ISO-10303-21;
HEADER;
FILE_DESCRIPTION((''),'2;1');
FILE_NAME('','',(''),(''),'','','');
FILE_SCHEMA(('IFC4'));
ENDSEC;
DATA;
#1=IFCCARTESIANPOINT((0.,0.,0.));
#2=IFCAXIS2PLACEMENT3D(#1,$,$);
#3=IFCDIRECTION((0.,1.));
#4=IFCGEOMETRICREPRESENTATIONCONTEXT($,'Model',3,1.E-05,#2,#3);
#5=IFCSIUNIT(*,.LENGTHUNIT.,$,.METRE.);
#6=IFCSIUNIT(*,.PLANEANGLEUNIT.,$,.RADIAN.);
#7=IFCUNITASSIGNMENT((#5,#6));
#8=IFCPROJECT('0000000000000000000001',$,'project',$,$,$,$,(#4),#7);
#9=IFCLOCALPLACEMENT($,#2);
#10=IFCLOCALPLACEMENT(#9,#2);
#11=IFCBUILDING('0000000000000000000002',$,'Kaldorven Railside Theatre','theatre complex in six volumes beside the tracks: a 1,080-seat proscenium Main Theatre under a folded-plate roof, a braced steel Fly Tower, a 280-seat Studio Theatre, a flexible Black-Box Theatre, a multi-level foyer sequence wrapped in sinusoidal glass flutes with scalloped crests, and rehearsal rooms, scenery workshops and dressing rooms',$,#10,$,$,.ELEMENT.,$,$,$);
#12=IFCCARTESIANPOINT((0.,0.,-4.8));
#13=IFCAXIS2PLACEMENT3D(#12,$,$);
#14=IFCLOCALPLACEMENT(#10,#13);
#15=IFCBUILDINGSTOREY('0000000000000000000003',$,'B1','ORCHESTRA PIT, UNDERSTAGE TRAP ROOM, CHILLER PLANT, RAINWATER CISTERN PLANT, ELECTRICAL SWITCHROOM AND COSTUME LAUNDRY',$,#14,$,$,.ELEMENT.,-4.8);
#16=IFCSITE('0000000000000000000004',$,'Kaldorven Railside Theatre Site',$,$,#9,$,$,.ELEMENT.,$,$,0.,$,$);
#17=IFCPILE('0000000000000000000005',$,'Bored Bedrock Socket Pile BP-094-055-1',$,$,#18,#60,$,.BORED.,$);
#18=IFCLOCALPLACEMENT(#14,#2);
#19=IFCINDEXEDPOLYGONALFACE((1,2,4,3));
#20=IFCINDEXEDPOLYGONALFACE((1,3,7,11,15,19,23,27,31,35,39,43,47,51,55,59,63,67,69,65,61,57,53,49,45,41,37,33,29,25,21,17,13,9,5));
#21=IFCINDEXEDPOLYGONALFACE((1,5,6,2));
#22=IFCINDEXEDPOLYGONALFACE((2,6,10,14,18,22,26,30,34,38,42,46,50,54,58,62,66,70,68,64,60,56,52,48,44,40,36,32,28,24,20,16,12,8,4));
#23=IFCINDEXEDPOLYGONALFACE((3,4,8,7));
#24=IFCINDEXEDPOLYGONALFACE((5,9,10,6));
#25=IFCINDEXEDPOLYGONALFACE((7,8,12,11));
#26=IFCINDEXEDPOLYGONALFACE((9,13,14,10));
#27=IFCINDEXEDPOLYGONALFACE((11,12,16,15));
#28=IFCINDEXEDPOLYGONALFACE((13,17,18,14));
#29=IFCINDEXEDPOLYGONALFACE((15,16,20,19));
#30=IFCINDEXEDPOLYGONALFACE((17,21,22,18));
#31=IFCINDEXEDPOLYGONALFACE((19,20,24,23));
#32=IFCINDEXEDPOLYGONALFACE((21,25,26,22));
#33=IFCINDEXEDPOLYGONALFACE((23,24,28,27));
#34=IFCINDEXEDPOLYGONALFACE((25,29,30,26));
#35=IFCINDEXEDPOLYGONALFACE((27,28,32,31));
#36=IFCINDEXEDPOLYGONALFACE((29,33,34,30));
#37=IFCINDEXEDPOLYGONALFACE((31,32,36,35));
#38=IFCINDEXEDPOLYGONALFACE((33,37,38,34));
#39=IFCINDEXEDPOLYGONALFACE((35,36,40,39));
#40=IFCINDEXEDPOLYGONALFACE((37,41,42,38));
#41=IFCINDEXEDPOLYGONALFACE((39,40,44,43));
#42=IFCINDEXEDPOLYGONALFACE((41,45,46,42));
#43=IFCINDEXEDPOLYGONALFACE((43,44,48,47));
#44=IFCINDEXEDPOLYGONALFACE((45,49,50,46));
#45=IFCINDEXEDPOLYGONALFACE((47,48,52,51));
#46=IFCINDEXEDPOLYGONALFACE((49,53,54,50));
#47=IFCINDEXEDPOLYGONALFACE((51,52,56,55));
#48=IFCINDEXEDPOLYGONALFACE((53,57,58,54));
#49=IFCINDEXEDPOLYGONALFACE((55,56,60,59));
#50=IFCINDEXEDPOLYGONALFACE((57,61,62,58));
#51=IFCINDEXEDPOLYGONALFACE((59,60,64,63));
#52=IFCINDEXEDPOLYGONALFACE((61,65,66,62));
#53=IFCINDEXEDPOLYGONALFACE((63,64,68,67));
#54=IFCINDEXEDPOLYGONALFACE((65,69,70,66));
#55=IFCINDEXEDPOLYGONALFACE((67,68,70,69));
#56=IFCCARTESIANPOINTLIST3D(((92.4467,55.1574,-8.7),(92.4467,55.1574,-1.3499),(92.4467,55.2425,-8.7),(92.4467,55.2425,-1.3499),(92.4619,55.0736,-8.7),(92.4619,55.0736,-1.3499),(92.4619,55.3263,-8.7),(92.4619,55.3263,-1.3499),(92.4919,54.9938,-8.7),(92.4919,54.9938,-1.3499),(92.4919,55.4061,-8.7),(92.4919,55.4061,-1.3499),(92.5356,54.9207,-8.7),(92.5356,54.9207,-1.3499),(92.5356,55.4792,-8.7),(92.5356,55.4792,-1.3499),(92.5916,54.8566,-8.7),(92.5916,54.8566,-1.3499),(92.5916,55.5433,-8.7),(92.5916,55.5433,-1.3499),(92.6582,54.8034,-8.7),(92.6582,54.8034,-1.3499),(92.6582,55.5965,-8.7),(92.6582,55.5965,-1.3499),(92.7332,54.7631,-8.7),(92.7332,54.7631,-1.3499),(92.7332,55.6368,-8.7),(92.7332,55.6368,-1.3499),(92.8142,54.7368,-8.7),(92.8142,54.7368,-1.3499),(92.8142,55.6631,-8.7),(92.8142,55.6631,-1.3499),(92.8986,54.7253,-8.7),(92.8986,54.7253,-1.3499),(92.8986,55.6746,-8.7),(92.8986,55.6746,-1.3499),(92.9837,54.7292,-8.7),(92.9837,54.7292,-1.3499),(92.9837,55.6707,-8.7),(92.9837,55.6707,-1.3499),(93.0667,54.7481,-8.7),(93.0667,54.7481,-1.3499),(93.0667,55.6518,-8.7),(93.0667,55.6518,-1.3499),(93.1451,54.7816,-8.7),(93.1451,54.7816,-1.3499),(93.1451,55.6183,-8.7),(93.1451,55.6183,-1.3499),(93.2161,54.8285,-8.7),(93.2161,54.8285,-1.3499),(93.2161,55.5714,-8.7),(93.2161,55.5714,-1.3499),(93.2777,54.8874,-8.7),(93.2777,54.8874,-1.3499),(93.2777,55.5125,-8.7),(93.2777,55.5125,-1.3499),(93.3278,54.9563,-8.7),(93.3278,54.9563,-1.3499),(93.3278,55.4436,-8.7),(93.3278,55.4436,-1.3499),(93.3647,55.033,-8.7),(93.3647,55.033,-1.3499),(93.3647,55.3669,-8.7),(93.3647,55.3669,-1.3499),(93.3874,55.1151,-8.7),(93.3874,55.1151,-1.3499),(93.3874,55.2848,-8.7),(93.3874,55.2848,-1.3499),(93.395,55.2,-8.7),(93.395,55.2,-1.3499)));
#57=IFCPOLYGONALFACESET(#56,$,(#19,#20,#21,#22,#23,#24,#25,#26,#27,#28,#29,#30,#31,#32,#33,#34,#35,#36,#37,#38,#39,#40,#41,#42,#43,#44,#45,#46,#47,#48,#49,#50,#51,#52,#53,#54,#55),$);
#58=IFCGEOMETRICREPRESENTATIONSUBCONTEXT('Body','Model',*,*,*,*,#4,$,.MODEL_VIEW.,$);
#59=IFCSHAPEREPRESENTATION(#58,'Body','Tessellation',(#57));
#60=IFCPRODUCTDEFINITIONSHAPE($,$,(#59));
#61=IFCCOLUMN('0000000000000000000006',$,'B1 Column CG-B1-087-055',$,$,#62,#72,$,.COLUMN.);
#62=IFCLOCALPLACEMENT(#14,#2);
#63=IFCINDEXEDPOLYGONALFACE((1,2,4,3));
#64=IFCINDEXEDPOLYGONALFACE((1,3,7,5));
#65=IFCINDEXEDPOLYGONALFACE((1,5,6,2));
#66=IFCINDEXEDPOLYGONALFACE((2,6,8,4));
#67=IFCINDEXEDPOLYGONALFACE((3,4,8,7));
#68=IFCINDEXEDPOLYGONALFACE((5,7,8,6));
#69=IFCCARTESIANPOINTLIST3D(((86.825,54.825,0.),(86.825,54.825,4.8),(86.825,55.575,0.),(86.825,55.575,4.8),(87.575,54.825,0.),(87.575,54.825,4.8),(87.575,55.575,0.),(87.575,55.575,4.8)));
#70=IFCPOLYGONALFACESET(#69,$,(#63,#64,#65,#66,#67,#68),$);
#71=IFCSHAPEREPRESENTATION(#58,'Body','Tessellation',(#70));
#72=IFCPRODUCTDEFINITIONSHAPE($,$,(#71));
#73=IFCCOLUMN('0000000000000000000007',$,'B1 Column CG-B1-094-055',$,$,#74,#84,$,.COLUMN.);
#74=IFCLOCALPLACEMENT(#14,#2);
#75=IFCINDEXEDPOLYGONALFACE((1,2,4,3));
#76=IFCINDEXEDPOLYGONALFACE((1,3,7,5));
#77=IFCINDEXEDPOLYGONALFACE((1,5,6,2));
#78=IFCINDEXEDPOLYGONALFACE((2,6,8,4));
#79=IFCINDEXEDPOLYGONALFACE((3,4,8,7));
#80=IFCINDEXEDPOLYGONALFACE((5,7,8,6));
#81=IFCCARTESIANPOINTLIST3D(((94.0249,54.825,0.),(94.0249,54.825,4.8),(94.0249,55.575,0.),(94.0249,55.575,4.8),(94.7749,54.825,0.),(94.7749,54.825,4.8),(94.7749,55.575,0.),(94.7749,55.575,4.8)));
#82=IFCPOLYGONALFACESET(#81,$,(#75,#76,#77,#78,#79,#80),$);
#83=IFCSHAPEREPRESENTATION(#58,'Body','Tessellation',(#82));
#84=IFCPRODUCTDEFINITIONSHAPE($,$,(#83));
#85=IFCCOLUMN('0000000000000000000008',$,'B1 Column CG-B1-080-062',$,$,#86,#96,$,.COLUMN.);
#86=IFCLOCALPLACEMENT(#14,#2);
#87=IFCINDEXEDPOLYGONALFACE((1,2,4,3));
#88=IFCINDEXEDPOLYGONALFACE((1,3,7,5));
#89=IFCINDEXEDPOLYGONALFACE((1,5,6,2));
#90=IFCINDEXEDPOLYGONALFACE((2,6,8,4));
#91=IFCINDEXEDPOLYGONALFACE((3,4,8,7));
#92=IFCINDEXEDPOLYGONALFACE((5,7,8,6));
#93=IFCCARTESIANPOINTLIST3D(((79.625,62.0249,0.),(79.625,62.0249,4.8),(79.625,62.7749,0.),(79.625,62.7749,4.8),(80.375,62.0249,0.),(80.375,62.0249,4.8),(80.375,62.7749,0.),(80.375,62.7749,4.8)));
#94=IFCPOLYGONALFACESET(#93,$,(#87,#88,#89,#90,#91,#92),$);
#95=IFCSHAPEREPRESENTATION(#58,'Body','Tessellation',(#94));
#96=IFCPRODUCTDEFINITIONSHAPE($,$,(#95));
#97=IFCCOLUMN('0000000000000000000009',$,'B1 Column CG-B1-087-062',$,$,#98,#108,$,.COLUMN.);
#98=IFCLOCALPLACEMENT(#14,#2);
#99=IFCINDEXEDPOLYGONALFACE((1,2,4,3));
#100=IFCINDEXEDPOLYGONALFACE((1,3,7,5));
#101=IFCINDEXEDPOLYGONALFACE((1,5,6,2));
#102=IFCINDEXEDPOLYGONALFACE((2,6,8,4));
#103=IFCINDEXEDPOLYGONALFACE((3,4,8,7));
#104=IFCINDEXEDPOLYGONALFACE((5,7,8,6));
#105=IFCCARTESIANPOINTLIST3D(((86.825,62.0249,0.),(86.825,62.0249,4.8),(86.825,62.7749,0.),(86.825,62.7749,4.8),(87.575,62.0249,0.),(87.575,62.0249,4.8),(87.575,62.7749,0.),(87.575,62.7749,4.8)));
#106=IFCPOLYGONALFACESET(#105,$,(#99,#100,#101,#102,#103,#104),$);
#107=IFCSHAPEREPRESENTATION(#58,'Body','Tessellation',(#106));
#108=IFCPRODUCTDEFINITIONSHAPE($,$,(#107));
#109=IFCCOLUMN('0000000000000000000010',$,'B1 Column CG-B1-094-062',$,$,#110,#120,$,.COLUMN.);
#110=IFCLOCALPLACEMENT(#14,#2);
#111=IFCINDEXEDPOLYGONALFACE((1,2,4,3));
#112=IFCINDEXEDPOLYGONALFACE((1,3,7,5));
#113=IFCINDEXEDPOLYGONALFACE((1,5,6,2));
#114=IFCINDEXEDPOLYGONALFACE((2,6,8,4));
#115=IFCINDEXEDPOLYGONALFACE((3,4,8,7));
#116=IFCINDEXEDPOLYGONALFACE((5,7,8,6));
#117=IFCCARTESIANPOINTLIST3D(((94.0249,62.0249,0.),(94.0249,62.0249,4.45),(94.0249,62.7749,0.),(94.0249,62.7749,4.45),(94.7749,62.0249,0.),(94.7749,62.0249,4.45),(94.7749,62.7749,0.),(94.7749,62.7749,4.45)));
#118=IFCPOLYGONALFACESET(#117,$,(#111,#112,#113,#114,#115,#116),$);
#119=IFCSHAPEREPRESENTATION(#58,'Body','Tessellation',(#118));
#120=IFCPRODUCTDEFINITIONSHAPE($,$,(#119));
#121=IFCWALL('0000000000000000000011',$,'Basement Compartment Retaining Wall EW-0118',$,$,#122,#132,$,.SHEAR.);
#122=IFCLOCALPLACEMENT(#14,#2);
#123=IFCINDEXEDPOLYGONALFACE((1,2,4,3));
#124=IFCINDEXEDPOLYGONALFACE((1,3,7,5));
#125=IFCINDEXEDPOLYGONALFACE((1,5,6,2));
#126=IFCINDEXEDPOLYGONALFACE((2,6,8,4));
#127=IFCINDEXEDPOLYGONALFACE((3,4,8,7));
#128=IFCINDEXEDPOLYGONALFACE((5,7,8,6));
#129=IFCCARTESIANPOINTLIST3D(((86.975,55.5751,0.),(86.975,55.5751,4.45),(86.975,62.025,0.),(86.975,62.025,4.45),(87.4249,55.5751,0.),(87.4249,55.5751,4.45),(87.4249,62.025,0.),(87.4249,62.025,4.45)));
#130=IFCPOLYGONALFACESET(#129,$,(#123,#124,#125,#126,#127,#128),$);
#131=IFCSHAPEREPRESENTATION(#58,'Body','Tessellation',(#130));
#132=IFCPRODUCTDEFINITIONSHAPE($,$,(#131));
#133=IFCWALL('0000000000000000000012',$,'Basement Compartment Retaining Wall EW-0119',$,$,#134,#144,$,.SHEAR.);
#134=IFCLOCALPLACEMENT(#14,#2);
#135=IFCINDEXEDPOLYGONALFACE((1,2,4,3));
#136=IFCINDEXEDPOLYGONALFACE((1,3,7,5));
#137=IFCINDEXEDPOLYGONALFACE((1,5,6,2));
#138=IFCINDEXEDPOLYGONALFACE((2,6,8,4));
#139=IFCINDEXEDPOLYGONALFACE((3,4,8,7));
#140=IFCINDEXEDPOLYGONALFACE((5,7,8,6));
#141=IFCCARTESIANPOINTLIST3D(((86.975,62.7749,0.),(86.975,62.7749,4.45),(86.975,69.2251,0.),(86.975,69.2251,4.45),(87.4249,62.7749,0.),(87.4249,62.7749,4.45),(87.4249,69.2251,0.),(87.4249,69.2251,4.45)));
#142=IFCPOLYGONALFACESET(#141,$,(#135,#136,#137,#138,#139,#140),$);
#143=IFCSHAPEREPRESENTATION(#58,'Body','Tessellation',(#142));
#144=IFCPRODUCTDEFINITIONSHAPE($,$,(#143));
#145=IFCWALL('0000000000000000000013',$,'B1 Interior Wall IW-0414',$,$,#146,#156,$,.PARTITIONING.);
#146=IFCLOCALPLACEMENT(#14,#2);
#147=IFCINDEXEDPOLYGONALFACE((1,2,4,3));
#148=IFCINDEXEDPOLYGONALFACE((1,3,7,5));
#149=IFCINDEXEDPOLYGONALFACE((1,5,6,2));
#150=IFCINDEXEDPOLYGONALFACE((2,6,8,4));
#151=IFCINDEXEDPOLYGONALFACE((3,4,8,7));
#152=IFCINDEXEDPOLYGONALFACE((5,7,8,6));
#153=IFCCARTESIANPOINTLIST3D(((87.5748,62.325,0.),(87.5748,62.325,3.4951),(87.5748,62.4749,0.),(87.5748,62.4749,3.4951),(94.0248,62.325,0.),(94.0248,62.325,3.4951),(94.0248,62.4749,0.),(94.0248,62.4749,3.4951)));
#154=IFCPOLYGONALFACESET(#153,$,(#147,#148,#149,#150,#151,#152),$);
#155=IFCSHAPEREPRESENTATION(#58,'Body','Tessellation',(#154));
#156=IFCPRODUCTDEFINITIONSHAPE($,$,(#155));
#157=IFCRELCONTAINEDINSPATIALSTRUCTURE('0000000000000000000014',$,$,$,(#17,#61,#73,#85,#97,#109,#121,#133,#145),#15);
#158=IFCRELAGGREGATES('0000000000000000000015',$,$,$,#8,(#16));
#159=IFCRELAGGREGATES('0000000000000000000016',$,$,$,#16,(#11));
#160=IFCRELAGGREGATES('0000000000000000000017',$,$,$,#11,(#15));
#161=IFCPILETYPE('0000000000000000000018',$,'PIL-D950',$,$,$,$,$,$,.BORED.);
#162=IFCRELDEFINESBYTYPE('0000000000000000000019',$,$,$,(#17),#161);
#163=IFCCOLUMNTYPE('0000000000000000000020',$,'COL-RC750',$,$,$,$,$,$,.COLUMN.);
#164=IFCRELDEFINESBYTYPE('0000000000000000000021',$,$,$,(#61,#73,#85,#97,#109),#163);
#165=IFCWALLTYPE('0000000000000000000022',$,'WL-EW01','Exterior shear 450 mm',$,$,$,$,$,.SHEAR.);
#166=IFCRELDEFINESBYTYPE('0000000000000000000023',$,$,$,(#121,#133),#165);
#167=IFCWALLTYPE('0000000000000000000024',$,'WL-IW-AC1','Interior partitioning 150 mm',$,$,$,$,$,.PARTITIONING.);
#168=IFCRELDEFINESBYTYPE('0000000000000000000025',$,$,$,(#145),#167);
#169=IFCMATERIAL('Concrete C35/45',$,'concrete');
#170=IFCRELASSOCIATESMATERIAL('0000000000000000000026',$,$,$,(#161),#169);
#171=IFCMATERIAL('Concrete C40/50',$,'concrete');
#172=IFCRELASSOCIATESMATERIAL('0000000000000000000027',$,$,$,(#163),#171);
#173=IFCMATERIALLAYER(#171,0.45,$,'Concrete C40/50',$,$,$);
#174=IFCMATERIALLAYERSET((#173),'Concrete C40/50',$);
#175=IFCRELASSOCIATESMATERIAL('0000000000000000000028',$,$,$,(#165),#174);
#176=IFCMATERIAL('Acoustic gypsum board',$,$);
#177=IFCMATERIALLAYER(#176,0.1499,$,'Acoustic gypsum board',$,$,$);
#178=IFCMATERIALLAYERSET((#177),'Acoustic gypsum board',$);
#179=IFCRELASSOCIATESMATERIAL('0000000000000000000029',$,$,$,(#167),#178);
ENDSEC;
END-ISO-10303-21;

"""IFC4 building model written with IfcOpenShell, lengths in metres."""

from ifc_helpers import new_model, si_unit, direction, frame, frame_2d, origin, origin_2d, place, context, subcontext, project, spatial, rectangle, circle, extrude, material, layer, layer_set, material_profile, profile_set, type_object, element, save


model = new_model("IFC4")

# Units and contexts
model_context = context("Model", 3, precision=1e-05, world=origin(), true_north=direction((0.0, 1.0)))
body_context = subcontext(model_context, "Body", "Model", "MODEL_VIEW")
ifc_project = project(units=[si_unit("LENGTHUNIT", "METRE"), si_unit("PLANEANGLEUNIT", "RADIAN")], contexts=[model_context])

# Site, building, storey
site_placement = place(None, origin())
site = spatial("IfcSite", under=ifc_project, at=site_placement, Name="Kaldorven Railside Theatre Site", CompositionType="ELEMENT", RefElevation=0.0)
building_placement = place(site_placement, origin())
building = spatial("IfcBuilding", under=site, at=building_placement, Name="Kaldorven Railside Theatre", Description="theatre complex in six volumes beside the tracks: a 1,080-seat proscenium Main Theatre under a folded-plate roof, a braced steel Fly Tower, a 280-seat Studio Theatre, a flexible Black-Box Theatre, a multi-level foyer sequence wrapped in sinusoidal glass flutes with scalloped crests, and rehearsal rooms, scenery workshops and dressing rooms", CompositionType="ELEMENT")
storey_placement = place(building_placement, frame((0.0, 0.0, -4.8)))
storey = spatial("IfcBuildingStorey", under=building, at=storey_placement, Name="B1", Description="ORCHESTRA PIT, UNDERSTAGE TRAP ROOM, CHILLER PLANT, RAINWATER CISTERN PLANT, ELECTRICAL SWITCHROOM AND COSTUME LAUNDRY", CompositionType="ELEMENT", Elevation=-4.8)

# Shared definitions
ifc_material_1 = material(Name="Concrete C40/50", Category="concrete")

# Pile
ifc_material_2 = material(Name="Concrete C35/45", Category="concrete")
ifc_material_profile_1 = material_profile(ifc_material_2, circle(Radius=0.4751, at=origin_2d()), Name="BP D950")
ifc_profile_set_1 = profile_set([ifc_material_profile_1], Name="Concrete C35/45")
pile_type_1 = type_object("IfcPileType", Name="PIL-D950", PredefinedType="BORED", material=ifc_profile_set_1)
pile_1_placement = place(storey_placement, frame((92.9199, 55.2, -1.3499), z_axis=(0.0, 0.0, -1.0), x_axis=(1.0, 0.0, 0.0)))
element("IfcPile", 1, at=pile_1_placement, inside=storey, type_object=pile_type_1, Name="Bored Bedrock Socket Pile BP-094-055-1", PredefinedType="BORED", context=body_context, shape_type="SweptSolid", body=[
    extrude(circle(Radius=0.4751, at=origin_2d()), origin(), (0.0, 0.0, 1.0), 7.3501),
])

# Columns
ifc_material_profile_2 = material_profile(ifc_material_1, rectangle(XDim=0.75, YDim=0.75, at=origin_2d()), Name="RC 750x750")
ifc_profile_set_2 = profile_set([ifc_material_profile_2], Name="Concrete C40/50")
column_type = type_object("IfcColumnType", Name="COL-RC750", PredefinedType="COLUMN", material=ifc_profile_set_2)
for number, where, z_axis, x_axis, name in (
    (2, (87.2, 55.2, 0.0), (0.0, 0.0, 1.0), (1.0, 0.0, 0.0), "B1 Column CG-B1-087-055"),
    (3, (94.3999, 55.2, 0.0), (0.0, 0.0, 1.0), (0.0, 1.0, 0.0), "B1 Column CG-B1-094-055"),
    (4, (80.0, 62.3999, 0.0), (0.0, 0.0, 1.0), (1.0, 0.0, 0.0), "B1 Column CG-B1-080-062"),
    (5, (87.2, 62.3999, 0.0), (0.0, 0.0, 1.0), (0.0, 1.0, 0.0), "B1 Column CG-B1-087-062"),
):
    element("IfcColumn", number, at=place(storey_placement, frame(where, z_axis=z_axis, x_axis=x_axis)), inside=storey, type_object=column_type, Name=name, PredefinedType="COLUMN", context=body_context, shape_type="SweptSolid", body=[
        extrude(rectangle(XDim=0.75, YDim=0.75, at=origin_2d()), origin(), (0.0, 0.0, 1.0), 4.8),
    ])
column_placement = place(storey_placement, frame((94.3999, 62.3999, 0.0), z_axis=(0.0, 0.0, 1.0), x_axis=(1.0, 0.0, 0.0)))
element("IfcColumn", 6, at=column_placement, inside=storey, type_object=column_type, Name="B1 Column CG-B1-094-062", PredefinedType="COLUMN", context=body_context, shape_type="SweptSolid", body=[
    extrude(rectangle(XDim=0.75, YDim=0.75, at=origin_2d()), origin(), (0.0, 0.0, 1.0), 4.45),
])

# Walls
ifc_layer_1 = layer(ifc_material_1, 0.45, Name="Concrete C40/50")
ifc_layer_set_1 = layer_set([ifc_layer_1], Name="Concrete C40/50")
wall_type_1 = type_object("IfcWallType", Name="WL-EW01", Description="Exterior shear 450 mm", PredefinedType="SHEAR", material=ifc_layer_set_1)
wall_1_placement = place(storey_placement, frame((87.2, 55.575, 0.0), z_axis=(0.0, 0.0, 1.0), x_axis=(0.0, 1.0, 0.0)))
element("IfcWall", 7, at=wall_1_placement, inside=storey, type_object=wall_type_1, Name="Basement Compartment Retaining Wall EW-0118", PredefinedType="SHEAR", context=body_context, shape_type="SweptSolid", body=[
    extrude(rectangle(XDim=6.45, YDim=0.45, at=frame_2d((3.2251, 0.0))), origin(), (0.0, 0.0, 1.0), 4.45),
])
wall_2_placement = place(storey_placement, frame((87.2, 62.7749, 0.0), z_axis=(0.0, 0.0, 1.0), x_axis=(0.0, 1.0, 0.0)))
element("IfcWall", 8, at=wall_2_placement, inside=storey, type_object=wall_type_1, Name="Basement Compartment Retaining Wall EW-0119", PredefinedType="SHEAR", context=body_context, shape_type="SweptSolid", body=[
    extrude(rectangle(XDim=6.4502, YDim=0.45, at=frame_2d((3.2251, 0.0))), origin(), (0.0, 0.0, 1.0), 4.45),
])
ifc_material_3 = material(Name="Acoustic gypsum board")
ifc_layer_2 = layer(ifc_material_3, 0.1499, Name="Acoustic gypsum board")
ifc_layer_set_2 = layer_set([ifc_layer_2], Name="Acoustic gypsum board")
wall_type_2 = type_object("IfcWallType", Name="WL-IW-AC1", Description="Interior partitioning 150 mm", PredefinedType="PARTITIONING", material=ifc_layer_set_2)
wall_3_placement = place(storey_placement, frame((94.0249, 62.3999, 0.0), z_axis=(0.0, 0.0, 1.0), x_axis=(-1.0, 0.0, 0.0)))
element("IfcWall", 9, at=wall_3_placement, inside=storey, type_object=wall_type_2, Name="B1 Interior Wall IW-0414", PredefinedType="PARTITIONING", context=body_context, shape_type="SweptSolid", body=[
    extrude(rectangle(XDim=6.45, YDim=0.1499, at=frame_2d((3.2251, 0.0))), origin(), (0.0, 0.0, 1.0), 3.4951),
])

save(model, "model.ifc")
